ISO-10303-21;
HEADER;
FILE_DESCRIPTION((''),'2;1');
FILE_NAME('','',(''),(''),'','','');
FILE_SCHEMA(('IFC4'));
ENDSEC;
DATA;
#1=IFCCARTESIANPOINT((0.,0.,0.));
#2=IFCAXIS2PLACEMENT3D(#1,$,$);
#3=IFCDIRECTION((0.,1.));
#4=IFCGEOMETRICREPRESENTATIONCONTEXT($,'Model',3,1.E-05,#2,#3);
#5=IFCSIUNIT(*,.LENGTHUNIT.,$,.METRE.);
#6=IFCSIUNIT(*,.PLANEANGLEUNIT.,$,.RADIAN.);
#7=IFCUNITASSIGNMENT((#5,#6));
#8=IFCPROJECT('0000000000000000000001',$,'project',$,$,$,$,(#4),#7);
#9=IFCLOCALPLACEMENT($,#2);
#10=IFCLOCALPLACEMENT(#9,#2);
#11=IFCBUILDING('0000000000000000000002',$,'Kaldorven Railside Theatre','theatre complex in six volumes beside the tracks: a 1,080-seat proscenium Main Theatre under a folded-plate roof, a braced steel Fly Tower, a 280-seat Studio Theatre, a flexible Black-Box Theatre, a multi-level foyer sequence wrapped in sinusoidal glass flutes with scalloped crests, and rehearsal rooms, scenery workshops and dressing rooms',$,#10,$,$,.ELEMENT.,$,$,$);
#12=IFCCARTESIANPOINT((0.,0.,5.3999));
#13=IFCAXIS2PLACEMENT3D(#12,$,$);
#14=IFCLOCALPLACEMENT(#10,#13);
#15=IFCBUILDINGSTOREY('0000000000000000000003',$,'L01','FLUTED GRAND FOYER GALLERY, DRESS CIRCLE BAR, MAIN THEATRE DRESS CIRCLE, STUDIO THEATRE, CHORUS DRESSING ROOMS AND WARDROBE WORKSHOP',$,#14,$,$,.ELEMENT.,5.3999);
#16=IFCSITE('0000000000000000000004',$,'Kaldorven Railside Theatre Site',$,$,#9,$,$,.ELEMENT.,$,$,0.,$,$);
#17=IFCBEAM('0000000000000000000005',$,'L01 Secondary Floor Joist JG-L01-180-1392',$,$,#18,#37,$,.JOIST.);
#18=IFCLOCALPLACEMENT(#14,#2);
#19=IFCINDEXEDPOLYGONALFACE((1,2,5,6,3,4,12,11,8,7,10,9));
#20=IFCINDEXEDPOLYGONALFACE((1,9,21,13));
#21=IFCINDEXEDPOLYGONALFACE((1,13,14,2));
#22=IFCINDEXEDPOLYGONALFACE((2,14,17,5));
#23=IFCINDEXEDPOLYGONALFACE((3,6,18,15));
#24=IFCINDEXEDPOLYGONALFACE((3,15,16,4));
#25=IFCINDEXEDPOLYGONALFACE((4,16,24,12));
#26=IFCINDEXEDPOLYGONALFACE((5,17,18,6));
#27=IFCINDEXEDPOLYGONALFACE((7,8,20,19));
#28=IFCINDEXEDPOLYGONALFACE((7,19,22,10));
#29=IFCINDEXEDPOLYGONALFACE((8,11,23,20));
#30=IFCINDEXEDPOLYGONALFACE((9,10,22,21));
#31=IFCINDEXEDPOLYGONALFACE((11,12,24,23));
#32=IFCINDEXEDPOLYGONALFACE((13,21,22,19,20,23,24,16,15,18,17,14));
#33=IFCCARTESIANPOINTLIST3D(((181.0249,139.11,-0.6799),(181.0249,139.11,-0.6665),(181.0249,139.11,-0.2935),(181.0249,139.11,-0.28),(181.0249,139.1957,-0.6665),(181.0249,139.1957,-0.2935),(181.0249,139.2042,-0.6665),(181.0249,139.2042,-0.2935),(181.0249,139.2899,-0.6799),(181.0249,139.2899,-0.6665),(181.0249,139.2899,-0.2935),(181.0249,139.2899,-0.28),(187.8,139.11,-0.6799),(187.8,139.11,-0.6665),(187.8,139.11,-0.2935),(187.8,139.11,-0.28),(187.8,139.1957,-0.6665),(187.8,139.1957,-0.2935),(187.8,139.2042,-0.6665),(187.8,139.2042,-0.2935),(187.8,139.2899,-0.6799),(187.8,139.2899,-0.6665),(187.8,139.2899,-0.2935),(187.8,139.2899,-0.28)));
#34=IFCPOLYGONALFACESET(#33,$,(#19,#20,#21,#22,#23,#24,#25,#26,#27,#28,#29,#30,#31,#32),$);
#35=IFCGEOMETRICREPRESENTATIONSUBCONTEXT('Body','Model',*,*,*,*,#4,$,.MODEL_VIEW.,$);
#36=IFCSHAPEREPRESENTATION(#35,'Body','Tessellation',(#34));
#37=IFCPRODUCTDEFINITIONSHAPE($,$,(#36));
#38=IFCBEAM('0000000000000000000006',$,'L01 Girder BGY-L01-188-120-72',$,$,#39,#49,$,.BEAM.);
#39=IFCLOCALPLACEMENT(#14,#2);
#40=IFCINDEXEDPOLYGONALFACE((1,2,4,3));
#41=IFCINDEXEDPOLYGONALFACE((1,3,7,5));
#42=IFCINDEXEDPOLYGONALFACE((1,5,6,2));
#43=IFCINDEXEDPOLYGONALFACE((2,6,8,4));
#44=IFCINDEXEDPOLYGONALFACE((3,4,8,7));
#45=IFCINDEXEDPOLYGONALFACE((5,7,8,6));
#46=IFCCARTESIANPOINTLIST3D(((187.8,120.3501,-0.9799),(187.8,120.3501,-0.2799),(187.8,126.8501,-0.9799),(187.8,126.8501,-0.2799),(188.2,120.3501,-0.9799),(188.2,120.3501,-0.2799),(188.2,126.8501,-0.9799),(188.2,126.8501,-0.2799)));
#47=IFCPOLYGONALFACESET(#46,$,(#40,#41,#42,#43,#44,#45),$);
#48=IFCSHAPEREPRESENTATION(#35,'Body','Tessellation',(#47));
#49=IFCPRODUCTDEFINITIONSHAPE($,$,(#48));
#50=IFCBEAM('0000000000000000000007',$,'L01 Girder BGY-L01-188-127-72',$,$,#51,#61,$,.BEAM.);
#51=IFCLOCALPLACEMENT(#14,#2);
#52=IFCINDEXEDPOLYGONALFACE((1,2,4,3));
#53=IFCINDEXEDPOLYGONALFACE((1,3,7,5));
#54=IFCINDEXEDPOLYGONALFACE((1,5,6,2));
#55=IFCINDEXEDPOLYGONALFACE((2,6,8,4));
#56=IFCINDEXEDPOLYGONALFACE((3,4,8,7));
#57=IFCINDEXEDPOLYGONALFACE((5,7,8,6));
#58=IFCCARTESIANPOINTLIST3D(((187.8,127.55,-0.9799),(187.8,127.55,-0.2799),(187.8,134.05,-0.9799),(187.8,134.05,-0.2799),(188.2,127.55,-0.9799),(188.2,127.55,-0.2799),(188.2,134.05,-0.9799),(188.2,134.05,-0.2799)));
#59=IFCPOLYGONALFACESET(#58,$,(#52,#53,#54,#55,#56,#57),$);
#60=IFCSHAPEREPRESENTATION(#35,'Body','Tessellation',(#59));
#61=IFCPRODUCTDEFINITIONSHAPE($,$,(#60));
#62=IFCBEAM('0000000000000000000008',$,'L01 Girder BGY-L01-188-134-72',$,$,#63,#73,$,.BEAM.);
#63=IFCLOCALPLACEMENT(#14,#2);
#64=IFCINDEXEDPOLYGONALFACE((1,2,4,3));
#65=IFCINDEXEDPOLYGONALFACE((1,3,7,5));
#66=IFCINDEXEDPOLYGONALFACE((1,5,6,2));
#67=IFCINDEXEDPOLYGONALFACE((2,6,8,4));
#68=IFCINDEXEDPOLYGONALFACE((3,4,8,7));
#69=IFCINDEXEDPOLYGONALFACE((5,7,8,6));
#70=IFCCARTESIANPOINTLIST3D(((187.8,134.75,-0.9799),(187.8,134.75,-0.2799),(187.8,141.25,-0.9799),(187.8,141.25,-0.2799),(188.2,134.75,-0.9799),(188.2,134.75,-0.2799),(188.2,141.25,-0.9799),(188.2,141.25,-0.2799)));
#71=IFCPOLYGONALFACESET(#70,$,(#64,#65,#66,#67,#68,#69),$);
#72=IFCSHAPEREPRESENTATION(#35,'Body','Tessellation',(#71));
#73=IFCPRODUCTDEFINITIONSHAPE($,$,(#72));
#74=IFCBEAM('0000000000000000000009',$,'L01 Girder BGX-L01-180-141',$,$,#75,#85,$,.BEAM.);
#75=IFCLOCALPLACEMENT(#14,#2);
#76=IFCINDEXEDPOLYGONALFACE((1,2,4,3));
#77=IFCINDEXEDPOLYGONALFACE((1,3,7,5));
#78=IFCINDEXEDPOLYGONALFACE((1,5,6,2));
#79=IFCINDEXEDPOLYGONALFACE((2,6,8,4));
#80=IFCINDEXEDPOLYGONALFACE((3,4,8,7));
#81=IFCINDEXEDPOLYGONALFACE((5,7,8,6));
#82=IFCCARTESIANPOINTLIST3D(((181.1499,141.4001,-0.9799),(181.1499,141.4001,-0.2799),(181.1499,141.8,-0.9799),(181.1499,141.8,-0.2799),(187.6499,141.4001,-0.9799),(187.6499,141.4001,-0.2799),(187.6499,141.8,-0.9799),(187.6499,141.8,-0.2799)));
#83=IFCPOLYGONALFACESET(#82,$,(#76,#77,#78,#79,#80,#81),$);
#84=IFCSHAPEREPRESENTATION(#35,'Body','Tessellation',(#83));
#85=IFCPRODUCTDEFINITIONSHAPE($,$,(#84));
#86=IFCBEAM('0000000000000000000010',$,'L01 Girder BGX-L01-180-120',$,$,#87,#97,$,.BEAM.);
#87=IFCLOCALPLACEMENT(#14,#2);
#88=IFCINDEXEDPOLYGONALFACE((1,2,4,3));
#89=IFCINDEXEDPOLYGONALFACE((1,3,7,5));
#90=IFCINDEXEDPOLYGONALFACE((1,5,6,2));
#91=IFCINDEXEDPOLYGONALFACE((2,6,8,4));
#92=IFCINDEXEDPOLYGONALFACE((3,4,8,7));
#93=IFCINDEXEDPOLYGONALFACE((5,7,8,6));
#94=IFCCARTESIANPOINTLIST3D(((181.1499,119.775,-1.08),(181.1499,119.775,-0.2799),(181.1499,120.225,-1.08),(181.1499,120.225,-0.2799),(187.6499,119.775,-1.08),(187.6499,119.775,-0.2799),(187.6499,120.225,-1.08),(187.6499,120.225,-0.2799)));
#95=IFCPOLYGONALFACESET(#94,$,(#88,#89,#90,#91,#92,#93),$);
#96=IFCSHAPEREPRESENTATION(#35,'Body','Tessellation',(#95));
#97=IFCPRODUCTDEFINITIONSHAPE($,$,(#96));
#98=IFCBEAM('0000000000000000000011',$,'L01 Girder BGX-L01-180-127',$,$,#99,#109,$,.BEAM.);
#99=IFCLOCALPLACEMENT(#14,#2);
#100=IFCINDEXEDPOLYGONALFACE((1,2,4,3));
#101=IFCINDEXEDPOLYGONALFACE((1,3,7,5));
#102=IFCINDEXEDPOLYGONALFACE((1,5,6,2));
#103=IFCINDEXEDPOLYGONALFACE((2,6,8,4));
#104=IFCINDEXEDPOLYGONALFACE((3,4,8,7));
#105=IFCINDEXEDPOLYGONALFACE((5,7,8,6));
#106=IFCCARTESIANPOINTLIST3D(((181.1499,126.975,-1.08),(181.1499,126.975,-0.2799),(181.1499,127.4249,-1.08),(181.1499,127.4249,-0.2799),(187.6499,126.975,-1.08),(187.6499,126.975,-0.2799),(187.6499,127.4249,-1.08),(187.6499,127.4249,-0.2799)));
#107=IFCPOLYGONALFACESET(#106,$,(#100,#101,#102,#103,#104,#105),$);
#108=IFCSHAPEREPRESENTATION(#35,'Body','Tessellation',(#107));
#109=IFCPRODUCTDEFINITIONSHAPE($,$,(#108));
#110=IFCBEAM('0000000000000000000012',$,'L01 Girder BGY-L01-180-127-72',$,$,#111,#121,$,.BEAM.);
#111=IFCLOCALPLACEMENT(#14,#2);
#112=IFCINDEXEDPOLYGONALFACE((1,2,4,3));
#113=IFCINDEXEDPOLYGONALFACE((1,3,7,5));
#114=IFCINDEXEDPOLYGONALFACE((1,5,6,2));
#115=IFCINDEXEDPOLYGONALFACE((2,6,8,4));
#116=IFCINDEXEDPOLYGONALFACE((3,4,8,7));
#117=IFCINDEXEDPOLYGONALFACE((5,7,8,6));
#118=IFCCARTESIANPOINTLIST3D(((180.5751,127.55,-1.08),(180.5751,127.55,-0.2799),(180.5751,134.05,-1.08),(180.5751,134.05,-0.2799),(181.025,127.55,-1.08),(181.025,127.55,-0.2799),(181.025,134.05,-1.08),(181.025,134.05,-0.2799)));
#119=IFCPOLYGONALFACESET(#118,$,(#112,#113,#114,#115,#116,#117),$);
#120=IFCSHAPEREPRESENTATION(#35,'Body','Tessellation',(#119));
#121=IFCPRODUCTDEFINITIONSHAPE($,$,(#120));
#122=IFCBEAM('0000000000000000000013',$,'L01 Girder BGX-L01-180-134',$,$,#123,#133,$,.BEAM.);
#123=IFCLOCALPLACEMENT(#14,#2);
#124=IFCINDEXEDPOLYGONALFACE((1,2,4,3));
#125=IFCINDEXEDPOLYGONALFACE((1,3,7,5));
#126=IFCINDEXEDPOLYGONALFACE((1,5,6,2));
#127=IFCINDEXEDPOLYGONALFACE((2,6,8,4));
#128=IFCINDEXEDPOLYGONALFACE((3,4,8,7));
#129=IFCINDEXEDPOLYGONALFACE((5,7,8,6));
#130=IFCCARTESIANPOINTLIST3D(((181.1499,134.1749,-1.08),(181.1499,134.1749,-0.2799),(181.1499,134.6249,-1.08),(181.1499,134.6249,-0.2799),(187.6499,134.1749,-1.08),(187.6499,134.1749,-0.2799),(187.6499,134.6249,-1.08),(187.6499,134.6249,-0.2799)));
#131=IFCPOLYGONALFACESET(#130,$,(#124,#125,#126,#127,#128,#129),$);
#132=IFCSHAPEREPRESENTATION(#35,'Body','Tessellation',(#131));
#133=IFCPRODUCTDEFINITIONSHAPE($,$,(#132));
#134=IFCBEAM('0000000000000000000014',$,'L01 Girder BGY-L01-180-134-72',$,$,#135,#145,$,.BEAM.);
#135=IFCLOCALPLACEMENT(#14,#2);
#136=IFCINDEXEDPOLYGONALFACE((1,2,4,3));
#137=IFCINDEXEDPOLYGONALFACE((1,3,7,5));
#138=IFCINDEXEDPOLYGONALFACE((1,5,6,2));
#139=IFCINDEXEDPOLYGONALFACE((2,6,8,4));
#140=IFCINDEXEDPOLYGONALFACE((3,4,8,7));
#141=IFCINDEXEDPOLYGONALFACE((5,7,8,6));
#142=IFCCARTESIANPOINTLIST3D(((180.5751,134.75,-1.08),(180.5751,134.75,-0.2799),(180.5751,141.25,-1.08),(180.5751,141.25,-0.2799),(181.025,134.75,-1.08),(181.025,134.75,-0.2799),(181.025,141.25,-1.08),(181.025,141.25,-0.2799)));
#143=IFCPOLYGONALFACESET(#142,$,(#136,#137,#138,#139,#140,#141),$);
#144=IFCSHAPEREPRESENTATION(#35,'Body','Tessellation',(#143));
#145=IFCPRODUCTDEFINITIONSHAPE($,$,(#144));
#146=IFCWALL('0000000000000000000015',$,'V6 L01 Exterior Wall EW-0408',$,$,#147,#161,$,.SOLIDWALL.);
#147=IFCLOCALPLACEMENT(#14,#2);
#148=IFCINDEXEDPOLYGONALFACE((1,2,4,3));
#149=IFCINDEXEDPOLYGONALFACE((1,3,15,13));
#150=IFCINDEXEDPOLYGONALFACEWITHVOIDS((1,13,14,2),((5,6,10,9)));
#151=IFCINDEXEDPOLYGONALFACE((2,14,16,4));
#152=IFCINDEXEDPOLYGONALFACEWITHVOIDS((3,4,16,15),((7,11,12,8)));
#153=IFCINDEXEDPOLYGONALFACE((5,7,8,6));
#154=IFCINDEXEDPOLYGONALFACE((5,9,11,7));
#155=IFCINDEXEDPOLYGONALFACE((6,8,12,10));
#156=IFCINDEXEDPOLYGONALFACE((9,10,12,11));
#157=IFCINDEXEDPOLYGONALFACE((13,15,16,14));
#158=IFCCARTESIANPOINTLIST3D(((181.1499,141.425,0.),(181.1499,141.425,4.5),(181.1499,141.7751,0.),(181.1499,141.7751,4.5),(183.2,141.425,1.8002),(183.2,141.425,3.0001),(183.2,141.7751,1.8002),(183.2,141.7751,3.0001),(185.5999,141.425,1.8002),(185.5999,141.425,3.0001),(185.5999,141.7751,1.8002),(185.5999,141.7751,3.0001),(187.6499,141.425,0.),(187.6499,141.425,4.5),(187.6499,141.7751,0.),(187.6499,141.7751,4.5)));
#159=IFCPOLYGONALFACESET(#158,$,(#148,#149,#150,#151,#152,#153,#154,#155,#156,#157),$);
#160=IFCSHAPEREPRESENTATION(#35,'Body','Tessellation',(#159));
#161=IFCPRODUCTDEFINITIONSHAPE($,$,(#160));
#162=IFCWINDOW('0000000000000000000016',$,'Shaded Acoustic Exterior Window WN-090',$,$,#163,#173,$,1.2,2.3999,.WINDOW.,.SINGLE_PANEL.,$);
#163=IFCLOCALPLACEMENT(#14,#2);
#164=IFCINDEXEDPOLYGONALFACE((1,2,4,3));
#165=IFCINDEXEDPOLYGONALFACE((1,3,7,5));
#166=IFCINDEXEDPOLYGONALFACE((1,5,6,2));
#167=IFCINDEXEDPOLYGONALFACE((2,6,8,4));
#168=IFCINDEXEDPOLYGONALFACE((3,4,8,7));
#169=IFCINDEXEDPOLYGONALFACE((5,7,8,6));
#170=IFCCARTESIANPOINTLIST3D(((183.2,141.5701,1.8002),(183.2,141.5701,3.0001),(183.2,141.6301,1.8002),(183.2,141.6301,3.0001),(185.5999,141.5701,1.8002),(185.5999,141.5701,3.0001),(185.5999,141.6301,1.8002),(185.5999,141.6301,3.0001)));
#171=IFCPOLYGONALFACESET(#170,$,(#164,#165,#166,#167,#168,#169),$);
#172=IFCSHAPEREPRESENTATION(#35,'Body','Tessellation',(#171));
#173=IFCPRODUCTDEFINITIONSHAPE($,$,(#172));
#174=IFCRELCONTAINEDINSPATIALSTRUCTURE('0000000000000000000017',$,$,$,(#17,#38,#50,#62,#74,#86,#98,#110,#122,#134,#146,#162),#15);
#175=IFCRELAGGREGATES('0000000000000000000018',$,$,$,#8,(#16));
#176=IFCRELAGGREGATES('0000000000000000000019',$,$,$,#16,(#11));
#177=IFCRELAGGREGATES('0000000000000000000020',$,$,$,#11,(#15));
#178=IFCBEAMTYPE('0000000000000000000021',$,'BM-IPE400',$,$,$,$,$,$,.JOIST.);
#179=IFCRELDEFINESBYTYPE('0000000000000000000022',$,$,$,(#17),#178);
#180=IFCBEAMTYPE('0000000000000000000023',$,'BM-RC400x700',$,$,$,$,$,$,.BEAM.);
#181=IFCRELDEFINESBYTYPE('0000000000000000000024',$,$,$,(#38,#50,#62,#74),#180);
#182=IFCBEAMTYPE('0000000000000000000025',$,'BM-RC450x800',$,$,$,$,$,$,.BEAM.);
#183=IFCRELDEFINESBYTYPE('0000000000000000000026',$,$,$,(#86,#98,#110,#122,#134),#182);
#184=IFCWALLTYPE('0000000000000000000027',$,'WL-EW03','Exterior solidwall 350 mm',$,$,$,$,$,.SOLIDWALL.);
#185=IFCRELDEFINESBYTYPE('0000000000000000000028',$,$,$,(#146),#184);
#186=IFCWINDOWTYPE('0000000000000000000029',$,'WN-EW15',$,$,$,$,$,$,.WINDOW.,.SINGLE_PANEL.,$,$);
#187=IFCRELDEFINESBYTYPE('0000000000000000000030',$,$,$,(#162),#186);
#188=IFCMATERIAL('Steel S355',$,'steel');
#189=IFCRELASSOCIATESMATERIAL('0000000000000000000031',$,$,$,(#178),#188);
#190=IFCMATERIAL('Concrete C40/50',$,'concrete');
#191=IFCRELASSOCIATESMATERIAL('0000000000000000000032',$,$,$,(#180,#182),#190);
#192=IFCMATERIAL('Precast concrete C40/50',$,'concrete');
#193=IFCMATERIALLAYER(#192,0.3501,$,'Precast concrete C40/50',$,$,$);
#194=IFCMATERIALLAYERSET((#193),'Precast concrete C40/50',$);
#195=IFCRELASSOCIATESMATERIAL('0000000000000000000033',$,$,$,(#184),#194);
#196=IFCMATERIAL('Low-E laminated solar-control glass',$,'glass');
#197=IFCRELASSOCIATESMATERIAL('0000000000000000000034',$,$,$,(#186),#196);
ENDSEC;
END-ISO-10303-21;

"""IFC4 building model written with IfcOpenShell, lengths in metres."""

from ifc_helpers import new_model, si_unit, direction, frame, frame_2d, origin, origin_2d, place, context, subcontext, project, spatial, rectangle, i_section, extrude, material, layer, layer_set, material_profile, profile_set, type_object, element, fill, save


model = new_model("IFC4")

# Units and contexts
model_context = context("Model", 3, precision=1e-05, world=origin(), true_north=direction((0.0, 1.0)))
body_context = subcontext(model_context, "Body", "Model", "MODEL_VIEW")
ifc_project = project(units=[si_unit("LENGTHUNIT", "METRE"), si_unit("PLANEANGLEUNIT", "RADIAN")], contexts=[model_context])

# Site, building, storey
site_placement = place(None, origin())
site = spatial("IfcSite", under=ifc_project, at=site_placement, Name="Kaldorven Railside Theatre Site", CompositionType="ELEMENT", RefElevation=0.0)
building_placement = place(site_placement, origin())
building = spatial("IfcBuilding", under=site, at=building_placement, Name="Kaldorven Railside Theatre", Description="theatre complex in six volumes beside the tracks: a 1,080-seat proscenium Main Theatre under a folded-plate roof, a braced steel Fly Tower, a 280-seat Studio Theatre, a flexible Black-Box Theatre, a multi-level foyer sequence wrapped in sinusoidal glass flutes with scalloped crests, and rehearsal rooms, scenery workshops and dressing rooms", CompositionType="ELEMENT")
storey_placement = place(building_placement, frame((0.0, 0.0, 5.3999)))
storey = spatial("IfcBuildingStorey", under=building, at=storey_placement, Name="L01", Description="FLUTED GRAND FOYER GALLERY, DRESS CIRCLE BAR, MAIN THEATRE DRESS CIRCLE, STUDIO THEATRE, CHORUS DRESSING ROOMS AND WARDROBE WORKSHOP", CompositionType="ELEMENT", Elevation=5.3999)

# Shared definitions
ifc_material_1 = material(Name="Concrete C40/50", Category="concrete")

# Beams
ifc_material_2 = material(Name="Steel S355", Category="steel")
ifc_material_profile_1 = material_profile(ifc_material_2, i_section(OverallWidth=0.1799, OverallDepth=0.3999, WebThickness=0.0085, FlangeThickness=0.0134, at=origin_2d()), Name="IPE 400")
ifc_profile_set_1 = profile_set([ifc_material_profile_1], Name="Steel S355")
beam_type_1 = type_object("IfcBeamType", Name="BM-IPE400", PredefinedType="JOIST", material=ifc_profile_set_1)
for number, where, z_axis, x_axis, name in (
    (1, (181.0249, 139.2, -0.48), (1.0, 0.0, 0.0), (0.0, 1.0, 0.0), "L01 Secondary Floor Joist JG-L01-180-1392"),
):
    element("IfcBeam", number, at=place(storey_placement, frame(where, z_axis=z_axis, x_axis=x_axis)), inside=storey, type_object=beam_type_1, Name=name, PredefinedType="JOIST", context=body_context, shape_type="SweptSolid", body=[
        extrude(i_section(OverallWidth=0.1799, OverallDepth=0.3999, WebThickness=0.0085, FlangeThickness=0.0134, at=origin_2d()), origin(), (0.0, 0.0, 1.0), 6.7751),
    ])
ifc_material_profile_2 = material_profile(ifc_material_1, rectangle(XDim=0.3999, YDim=0.7, at=origin_2d()), Name="RC 400x700")
ifc_profile_set_2 = profile_set([ifc_material_profile_2], Name="Concrete C40/50")
beam_type_2 = type_object("IfcBeamType", Name="BM-RC400x700", PredefinedType="BEAM", material=ifc_profile_set_2)
for number, where, z_axis, x_axis, name in (
    (2, (188.0, 120.3501, -0.6299), (0.0, 1.0, 0.0), (-1.0, 0.0, 0.0), "L01 Girder BGY-L01-188-120-72"),
    (3, (188.0, 127.55, -0.6299), (0.0, 1.0, 0.0), (-1.0, 0.0, 0.0), "L01 Girder BGY-L01-188-127-72"),
    (4, (188.0, 134.75, -0.6299), (0.0, 1.0, 0.0), (-1.0, 0.0, 0.0), "L01 Girder BGY-L01-188-134-72"),
    (5, (181.1499, 141.6001, -0.6299), (1.0, 0.0, 0.0), (0.0, 1.0, 0.0), "L01 Girder BGX-L01-180-141"),
):
    element("IfcBeam", number, at=place(storey_placement, frame(where, z_axis=z_axis, x_axis=x_axis)), inside=storey, type_object=beam_type_2, Name=name, PredefinedType="BEAM", context=body_context, shape_type="SweptSolid", body=[
        extrude(rectangle(XDim=0.3999, YDim=0.7, at=origin_2d()), origin(), (0.0, 0.0, 1.0), 6.5),
    ])
ifc_material_profile_3 = material_profile(ifc_material_1, rectangle(XDim=0.45, YDim=0.8, at=origin_2d()), Name="RC 450x800")
ifc_profile_set_3 = profile_set([ifc_material_profile_3], Name="Concrete C40/50")
beam_type_3 = type_object("IfcBeamType", Name="BM-RC450x800", PredefinedType="BEAM", material=ifc_profile_set_3)
for number, where, z_axis, x_axis, name in (
    (6, (181.1499, 120.0, -0.6799), (1.0, 0.0, 0.0), (0.0, 1.0, 0.0), "L01 Girder BGX-L01-180-120"),
    (7, (181.1499, 127.2, -0.6799), (1.0, 0.0, 0.0), (0.0, 1.0, 0.0), "L01 Girder BGX-L01-180-127"),
    (8, (180.8, 127.55, -0.6799), (0.0, 1.0, 0.0), (-1.0, 0.0, 0.0), "L01 Girder BGY-L01-180-127-72"),
    (9, (181.1499, 134.3999, -0.6799), (1.0, 0.0, 0.0), (0.0, 1.0, 0.0), "L01 Girder BGX-L01-180-134"),
    (10, (180.8, 134.75, -0.6799), (0.0, 1.0, 0.0), (-1.0, 0.0, 0.0), "L01 Girder BGY-L01-180-134-72"),
):
    element("IfcBeam", number, at=place(storey_placement, frame(where, z_axis=z_axis, x_axis=x_axis)), inside=storey, type_object=beam_type_3, Name=name, PredefinedType="BEAM", context=body_context, shape_type="SweptSolid", body=[
        extrude(rectangle(XDim=0.45, YDim=0.8, at=origin_2d()), origin(), (0.0, 0.0, 1.0), 6.5),
    ])

# Wall, opening, window
ifc_material_3 = material(Name="Precast concrete C40/50", Category="concrete")
ifc_layer_1 = layer(ifc_material_3, 0.3501, Name="Precast concrete C40/50")
ifc_layer_set_1 = layer_set([ifc_layer_1], Name="Precast concrete C40/50")
wall_type_1 = type_object("IfcWallType", Name="WL-EW03", Description="Exterior solidwall 350 mm", PredefinedType="SOLIDWALL", material=ifc_layer_set_1)
wall_1_placement = place(storey_placement, frame((181.1499, 141.6001, 0.0), z_axis=(0.0, 0.0, 1.0), x_axis=(1.0, 0.0, 0.0)))
wall_1 = element("IfcWall", 11, at=wall_1_placement, inside=storey, type_object=wall_type_1, Name="V6 L01 Exterior Wall EW-0408", PredefinedType="SOLIDWALL", context=body_context, shape_type="SweptSolid", body=[
    extrude(rectangle(XDim=6.5, YDim=0.3501, at=frame_2d((3.25, 0.0))), origin(), (0.0, 0.0, 1.0), 4.5),
])
opening_1_placement = place(wall_1_placement, frame((2.05, 0.0, 1.8)))
opening_1 = element("IfcOpeningElement", 12, at=opening_1_placement, cuts=wall_1, PredefinedType="OPENING", context=body_context, shape_type="SweptSolid", body=[
    extrude(rectangle(XDim=2.3999, YDim=1.2, at=frame_2d((1.2, 0.6001))), frame((0.0, 0.1851, 0.0), z_axis=(0.0, -1.0, 0.0), x_axis=(1.0, 0.0, 0.0)), (0.0, 0.0, 1.0), 0.3701),
])
ifc_material_4 = material(Name="Low-E laminated solar-control glass", Category="glass")
window_type_1 = type_object("IfcWindowType", Name="WN-EW15", PartitioningType="SINGLE_PANEL", PredefinedType="WINDOW", material=ifc_material_4)
window_1_placement = place(opening_1_placement, origin())
window_1 = element("IfcWindow", 13, at=window_1_placement, inside=storey, type_object=window_type_1, Name="Shaded Acoustic Exterior Window WN-090", OverallHeight=1.2, OverallWidth=2.3999, PartitioningType="SINGLE_PANEL", PredefinedType="WINDOW", context=body_context, shape_type="SweptSolid", body=[
    extrude(rectangle(XDim=2.3999, YDim=1.2, at=frame_2d((1.2, 0.6001))), frame((0.0, 0.03, 0.0), z_axis=(0.0, -1.0, 0.0), x_axis=(1.0, 0.0, 0.0)), (0.0, 0.0, 1.0), 0.0601),
])
fill(opening_1, window_1)

save(model, "model.ifc")
